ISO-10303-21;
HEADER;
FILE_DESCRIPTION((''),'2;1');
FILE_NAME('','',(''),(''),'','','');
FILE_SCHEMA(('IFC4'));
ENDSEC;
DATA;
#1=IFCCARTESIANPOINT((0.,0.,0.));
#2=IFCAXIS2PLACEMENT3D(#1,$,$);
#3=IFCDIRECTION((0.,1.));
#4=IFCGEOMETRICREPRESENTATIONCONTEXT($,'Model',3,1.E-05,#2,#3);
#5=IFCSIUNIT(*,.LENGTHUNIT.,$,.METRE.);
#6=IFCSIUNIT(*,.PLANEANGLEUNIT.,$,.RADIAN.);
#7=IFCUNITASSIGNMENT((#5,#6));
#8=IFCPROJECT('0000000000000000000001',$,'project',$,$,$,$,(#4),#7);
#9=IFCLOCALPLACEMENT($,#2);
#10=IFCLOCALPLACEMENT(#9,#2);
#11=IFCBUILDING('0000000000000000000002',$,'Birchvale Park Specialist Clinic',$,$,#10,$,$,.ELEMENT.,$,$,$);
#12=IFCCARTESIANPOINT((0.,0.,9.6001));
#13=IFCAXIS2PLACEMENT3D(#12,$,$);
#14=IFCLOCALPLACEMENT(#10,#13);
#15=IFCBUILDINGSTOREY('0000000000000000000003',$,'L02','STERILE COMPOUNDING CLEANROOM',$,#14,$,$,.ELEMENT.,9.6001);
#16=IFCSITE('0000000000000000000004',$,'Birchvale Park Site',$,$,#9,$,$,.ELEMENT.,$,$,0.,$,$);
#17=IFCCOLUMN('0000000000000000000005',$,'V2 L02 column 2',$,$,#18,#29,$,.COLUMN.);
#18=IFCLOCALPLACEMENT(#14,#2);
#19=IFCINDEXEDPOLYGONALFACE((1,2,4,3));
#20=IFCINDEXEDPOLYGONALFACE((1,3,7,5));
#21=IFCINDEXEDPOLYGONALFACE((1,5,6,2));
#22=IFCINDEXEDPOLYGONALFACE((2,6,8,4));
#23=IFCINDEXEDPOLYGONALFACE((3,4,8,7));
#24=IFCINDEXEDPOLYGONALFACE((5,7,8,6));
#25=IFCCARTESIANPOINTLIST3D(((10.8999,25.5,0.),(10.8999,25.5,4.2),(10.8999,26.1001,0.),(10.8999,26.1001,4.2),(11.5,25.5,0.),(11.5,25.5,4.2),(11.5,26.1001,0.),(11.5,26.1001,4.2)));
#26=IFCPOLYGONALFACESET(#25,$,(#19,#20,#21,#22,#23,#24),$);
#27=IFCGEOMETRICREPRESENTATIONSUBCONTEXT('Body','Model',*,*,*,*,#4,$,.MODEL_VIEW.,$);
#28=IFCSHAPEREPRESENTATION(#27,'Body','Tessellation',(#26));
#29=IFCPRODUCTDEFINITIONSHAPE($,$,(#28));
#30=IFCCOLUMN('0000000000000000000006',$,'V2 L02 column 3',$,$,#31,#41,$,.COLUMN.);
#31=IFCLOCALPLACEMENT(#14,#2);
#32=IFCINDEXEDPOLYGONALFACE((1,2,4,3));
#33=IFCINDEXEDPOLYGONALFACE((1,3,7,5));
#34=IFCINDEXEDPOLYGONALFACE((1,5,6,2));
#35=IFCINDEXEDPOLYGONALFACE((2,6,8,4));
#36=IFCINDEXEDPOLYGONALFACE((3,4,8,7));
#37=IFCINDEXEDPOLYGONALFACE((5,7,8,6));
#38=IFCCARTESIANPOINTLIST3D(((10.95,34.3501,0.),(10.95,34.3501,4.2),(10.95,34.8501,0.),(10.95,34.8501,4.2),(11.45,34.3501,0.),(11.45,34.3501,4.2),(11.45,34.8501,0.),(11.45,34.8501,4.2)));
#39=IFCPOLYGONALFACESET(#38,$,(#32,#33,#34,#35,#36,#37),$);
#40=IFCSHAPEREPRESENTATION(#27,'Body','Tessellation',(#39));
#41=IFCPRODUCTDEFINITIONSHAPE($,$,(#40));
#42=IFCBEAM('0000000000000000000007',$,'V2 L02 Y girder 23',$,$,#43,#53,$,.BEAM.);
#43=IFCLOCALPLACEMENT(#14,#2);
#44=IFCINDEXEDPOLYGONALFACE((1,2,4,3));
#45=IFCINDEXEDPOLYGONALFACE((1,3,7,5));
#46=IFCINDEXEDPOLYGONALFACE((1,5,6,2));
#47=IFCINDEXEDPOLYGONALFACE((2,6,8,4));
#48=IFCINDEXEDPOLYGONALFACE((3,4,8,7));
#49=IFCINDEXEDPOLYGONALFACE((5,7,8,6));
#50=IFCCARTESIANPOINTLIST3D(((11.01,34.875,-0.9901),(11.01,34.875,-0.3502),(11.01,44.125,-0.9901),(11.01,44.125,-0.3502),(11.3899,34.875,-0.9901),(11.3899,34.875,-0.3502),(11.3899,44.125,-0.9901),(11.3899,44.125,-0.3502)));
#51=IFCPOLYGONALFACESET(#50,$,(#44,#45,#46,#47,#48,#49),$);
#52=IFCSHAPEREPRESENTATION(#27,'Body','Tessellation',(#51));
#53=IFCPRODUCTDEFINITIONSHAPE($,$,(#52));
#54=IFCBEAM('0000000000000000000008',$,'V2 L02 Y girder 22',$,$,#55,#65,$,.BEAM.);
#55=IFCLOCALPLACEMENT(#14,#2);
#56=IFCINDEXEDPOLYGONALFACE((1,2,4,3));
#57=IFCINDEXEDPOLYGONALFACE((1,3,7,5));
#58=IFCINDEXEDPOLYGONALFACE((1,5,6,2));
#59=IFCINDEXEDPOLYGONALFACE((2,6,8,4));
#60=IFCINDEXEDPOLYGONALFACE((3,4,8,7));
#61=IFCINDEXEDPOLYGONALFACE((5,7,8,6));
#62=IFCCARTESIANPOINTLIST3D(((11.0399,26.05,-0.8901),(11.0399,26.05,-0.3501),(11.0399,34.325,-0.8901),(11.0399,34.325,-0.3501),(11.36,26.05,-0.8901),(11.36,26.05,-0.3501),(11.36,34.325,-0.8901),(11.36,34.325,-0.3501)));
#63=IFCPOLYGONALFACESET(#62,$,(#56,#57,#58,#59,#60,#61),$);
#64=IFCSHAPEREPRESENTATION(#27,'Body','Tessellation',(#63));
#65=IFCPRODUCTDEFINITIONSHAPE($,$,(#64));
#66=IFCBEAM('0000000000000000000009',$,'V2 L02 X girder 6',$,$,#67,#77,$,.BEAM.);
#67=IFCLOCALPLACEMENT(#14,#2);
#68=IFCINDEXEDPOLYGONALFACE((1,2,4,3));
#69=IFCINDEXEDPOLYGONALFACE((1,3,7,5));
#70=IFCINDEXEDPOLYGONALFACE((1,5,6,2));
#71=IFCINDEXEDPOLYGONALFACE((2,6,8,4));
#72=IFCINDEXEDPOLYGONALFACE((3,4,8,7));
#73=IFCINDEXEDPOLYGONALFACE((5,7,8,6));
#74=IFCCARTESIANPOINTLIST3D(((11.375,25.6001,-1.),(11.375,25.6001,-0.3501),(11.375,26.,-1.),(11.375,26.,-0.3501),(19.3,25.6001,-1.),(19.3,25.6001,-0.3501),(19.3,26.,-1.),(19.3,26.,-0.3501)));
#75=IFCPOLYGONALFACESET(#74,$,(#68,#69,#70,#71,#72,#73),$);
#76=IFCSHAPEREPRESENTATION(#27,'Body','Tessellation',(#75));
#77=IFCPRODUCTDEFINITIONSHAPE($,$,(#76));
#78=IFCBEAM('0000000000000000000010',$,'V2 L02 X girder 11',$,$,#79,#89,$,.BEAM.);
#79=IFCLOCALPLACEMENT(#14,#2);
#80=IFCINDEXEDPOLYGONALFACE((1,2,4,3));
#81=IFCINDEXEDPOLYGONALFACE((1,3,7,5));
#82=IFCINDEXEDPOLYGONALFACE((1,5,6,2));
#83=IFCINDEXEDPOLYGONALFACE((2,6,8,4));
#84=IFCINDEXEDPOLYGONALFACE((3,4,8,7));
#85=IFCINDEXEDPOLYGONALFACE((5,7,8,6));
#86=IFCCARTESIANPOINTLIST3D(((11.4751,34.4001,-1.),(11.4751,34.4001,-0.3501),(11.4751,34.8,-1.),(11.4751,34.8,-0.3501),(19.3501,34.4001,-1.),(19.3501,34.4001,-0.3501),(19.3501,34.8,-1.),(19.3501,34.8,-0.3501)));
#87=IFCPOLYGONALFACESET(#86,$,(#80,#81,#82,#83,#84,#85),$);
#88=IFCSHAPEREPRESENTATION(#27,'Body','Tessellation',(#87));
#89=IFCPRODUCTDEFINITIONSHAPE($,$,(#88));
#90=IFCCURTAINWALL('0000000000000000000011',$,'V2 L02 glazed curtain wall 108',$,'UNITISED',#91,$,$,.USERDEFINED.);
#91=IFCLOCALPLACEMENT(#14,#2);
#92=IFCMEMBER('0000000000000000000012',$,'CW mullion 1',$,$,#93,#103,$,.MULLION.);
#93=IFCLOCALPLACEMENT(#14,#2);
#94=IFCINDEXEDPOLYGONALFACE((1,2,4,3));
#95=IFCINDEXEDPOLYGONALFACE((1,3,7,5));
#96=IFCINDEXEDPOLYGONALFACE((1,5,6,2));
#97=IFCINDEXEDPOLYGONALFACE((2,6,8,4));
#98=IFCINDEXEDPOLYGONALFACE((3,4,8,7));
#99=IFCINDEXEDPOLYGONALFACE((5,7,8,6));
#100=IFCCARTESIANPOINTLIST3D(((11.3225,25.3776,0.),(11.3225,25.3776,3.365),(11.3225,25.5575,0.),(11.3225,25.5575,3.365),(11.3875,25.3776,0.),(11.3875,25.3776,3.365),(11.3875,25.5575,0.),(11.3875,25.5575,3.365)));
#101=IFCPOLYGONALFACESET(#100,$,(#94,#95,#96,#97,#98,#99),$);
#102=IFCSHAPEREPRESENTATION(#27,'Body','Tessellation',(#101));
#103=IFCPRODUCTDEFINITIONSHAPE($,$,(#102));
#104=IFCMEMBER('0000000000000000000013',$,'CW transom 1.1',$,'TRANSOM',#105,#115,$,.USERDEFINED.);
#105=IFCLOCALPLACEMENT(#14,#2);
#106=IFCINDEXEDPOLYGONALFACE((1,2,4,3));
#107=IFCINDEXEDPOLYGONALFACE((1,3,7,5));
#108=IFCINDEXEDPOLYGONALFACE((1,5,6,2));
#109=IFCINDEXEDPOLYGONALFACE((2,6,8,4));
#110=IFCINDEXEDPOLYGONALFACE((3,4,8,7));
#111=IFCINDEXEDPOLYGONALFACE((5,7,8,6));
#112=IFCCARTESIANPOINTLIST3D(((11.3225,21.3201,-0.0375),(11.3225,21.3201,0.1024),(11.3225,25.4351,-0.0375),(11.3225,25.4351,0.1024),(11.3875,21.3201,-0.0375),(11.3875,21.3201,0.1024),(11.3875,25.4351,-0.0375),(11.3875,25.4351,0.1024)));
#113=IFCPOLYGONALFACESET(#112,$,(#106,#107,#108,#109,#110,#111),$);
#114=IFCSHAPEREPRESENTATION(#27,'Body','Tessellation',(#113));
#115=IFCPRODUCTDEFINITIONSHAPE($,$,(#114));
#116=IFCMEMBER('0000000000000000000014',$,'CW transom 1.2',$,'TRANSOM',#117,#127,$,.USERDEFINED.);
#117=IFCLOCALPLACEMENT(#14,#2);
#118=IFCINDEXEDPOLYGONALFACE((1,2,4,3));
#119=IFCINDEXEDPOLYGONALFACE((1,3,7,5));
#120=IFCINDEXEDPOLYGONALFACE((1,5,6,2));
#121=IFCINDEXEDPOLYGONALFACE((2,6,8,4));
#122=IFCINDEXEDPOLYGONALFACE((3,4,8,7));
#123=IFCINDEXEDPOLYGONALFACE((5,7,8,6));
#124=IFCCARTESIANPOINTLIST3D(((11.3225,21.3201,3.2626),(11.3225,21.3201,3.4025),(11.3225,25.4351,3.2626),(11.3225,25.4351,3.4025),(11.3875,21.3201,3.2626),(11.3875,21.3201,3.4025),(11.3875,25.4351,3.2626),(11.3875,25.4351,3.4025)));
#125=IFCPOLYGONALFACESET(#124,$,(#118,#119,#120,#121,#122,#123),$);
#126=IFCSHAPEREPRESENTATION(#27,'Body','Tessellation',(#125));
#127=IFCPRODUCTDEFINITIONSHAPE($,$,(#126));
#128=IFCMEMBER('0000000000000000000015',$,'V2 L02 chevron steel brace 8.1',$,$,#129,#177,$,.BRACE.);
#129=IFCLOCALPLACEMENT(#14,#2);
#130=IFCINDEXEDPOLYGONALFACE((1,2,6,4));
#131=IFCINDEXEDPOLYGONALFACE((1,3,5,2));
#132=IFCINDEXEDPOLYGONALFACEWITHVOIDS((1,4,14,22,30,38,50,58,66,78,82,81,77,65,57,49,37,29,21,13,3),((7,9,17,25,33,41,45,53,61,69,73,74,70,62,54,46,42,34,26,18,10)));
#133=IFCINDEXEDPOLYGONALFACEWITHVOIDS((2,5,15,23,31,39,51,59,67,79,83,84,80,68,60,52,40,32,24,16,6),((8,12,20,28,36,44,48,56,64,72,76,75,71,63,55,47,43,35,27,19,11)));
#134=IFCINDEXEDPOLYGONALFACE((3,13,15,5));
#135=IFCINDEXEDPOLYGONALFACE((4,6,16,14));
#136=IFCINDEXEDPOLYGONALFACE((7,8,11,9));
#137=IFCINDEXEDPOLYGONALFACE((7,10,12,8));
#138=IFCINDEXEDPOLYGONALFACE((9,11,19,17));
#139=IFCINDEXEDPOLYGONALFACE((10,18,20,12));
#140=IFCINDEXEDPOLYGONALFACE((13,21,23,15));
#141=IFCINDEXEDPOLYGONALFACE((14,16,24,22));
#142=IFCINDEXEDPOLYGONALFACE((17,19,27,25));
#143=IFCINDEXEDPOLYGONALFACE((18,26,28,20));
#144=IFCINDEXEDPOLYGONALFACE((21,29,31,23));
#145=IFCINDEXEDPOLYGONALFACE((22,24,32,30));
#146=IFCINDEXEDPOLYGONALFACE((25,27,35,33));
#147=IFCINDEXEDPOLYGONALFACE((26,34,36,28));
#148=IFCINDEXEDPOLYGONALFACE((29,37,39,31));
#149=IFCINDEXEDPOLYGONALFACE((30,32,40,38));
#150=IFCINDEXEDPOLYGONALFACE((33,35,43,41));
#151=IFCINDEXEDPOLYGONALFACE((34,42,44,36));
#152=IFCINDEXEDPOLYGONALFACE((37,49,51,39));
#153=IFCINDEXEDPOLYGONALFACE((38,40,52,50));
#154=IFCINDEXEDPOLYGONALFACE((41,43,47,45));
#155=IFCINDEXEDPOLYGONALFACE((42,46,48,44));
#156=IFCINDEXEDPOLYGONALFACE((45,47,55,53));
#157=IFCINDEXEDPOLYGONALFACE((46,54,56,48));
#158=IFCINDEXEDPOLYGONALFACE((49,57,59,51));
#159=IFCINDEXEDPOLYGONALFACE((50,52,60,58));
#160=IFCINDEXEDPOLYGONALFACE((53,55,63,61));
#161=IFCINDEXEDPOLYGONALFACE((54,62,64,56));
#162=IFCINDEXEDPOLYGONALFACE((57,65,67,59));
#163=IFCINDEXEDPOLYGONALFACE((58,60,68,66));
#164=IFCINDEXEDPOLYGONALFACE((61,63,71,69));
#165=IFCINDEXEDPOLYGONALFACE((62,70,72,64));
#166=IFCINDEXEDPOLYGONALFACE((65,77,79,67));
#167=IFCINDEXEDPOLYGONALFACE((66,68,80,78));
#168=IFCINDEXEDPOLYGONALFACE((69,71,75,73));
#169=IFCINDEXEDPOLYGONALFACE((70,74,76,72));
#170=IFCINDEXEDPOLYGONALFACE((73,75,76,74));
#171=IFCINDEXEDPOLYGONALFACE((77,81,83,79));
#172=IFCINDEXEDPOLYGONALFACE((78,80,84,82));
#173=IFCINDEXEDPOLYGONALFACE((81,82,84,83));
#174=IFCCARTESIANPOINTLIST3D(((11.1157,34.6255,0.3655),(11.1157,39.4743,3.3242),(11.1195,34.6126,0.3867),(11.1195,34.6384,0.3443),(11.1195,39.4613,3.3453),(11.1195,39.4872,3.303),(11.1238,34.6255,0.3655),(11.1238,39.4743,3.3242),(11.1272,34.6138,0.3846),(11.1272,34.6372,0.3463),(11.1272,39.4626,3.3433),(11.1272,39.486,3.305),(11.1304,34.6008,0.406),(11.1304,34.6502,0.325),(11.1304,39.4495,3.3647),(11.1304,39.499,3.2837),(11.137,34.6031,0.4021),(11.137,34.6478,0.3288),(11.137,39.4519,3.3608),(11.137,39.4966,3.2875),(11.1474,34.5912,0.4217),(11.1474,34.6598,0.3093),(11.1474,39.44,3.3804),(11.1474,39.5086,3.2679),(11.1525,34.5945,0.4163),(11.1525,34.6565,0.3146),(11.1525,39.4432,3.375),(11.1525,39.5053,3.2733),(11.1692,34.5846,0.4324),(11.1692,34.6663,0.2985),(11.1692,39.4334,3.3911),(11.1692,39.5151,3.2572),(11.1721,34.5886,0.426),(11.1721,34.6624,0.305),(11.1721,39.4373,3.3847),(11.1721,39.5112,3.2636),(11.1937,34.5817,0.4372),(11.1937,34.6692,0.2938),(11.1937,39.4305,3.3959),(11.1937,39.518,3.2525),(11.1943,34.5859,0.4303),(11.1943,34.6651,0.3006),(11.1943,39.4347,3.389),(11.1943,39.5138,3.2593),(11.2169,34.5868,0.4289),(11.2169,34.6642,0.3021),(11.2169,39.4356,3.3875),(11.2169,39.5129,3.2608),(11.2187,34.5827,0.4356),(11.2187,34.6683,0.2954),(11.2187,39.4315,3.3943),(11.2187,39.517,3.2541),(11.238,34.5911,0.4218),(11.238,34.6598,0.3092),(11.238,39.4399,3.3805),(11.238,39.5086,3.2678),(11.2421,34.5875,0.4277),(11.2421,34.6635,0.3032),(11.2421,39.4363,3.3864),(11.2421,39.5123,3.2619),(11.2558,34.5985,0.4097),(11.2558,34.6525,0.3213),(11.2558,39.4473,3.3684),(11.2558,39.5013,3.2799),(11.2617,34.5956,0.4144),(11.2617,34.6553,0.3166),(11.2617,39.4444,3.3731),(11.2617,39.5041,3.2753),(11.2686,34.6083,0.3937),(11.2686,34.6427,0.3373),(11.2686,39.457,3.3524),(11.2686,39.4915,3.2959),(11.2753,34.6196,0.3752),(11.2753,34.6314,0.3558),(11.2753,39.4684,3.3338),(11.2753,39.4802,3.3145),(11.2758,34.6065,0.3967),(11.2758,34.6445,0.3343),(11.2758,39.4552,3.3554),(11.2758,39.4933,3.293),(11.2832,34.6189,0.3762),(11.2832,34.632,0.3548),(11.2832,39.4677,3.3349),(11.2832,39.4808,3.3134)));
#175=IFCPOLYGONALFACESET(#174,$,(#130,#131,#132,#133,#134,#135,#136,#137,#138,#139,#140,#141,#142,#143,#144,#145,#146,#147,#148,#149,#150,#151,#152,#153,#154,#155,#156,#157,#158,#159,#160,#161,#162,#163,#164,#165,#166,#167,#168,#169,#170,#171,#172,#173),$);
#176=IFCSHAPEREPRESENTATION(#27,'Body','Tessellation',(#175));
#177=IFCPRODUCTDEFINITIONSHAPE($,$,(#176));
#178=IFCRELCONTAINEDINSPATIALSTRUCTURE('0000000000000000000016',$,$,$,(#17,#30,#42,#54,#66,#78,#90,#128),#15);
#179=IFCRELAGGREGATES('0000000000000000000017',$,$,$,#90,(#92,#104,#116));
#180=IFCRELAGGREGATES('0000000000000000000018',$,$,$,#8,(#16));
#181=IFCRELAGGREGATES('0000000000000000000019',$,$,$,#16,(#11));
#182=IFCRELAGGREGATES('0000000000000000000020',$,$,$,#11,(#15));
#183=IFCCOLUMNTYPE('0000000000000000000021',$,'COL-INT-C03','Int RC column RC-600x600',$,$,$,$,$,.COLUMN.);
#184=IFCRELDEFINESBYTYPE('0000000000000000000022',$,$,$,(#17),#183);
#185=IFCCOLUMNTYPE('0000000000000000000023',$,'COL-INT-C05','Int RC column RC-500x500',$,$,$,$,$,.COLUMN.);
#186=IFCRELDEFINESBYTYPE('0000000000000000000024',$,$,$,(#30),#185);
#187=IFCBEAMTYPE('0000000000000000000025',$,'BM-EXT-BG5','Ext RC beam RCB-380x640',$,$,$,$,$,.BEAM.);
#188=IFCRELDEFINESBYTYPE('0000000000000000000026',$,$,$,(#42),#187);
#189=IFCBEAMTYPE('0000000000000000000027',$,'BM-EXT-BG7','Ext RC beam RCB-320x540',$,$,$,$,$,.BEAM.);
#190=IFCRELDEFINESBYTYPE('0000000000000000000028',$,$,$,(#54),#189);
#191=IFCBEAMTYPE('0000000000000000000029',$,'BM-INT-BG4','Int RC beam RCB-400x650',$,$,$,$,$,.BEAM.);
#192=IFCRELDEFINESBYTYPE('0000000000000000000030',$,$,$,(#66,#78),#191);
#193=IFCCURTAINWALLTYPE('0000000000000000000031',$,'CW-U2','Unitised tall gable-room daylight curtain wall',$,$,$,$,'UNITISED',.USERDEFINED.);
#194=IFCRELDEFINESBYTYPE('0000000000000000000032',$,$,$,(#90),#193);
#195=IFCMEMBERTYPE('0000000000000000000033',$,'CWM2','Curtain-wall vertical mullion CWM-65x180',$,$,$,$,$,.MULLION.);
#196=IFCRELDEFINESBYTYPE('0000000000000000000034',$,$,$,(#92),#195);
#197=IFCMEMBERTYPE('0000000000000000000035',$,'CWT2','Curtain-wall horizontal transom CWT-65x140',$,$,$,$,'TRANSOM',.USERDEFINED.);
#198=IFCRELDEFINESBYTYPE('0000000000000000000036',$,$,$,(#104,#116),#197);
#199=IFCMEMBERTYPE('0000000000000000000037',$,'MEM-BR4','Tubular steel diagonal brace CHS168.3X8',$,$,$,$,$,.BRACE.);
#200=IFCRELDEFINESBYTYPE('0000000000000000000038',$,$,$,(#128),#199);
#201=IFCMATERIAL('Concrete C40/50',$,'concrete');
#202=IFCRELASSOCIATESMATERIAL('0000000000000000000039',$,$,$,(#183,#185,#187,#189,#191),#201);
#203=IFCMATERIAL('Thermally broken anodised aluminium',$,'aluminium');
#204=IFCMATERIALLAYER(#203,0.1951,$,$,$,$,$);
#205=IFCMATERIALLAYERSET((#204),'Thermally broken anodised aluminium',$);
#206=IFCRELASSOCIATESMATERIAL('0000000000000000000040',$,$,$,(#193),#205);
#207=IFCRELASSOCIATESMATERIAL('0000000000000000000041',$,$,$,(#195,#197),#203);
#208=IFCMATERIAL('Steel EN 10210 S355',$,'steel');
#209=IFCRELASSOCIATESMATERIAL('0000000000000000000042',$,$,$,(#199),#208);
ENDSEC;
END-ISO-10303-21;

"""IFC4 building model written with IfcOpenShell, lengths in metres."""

from ifc_helpers import new_model, si_unit, direction, frame, origin, origin_2d, place, context, subcontext, project, spatial, rectangle, hollow_circle, extrude, material, layer, layer_set, material_profile, profile_set, type_object, element, aggregate, save


model = new_model("IFC4")

# Units and contexts
model_context = context("Model", 3, precision=1e-05, world=origin(), true_north=direction((0.0, 1.0)))
body_context = subcontext(model_context, "Body", "Model", "MODEL_VIEW")
ifc_project = project(units=[si_unit("LENGTHUNIT", "METRE"), si_unit("PLANEANGLEUNIT", "RADIAN")], contexts=[model_context])

# Site, building, storey
site_placement = place(None, origin())
site = spatial("IfcSite", under=ifc_project, at=site_placement, Name="Birchvale Park Site", CompositionType="ELEMENT", RefElevation=0.0)
building_placement = place(site_placement, origin())
building = spatial("IfcBuilding", under=site, at=building_placement, Name="Birchvale Park Specialist Clinic", CompositionType="ELEMENT")
storey_placement = place(building_placement, frame((0.0, 0.0, 9.6001)))
storey = spatial("IfcBuildingStorey", under=building, at=storey_placement, Name="L02", Description="STERILE COMPOUNDING CLEANROOM", CompositionType="ELEMENT", Elevation=9.6001)

# Columns
ifc_material_1 = material(Name="Concrete C40/50", Category="concrete")
ifc_material_profile_1 = material_profile(ifc_material_1, rectangle(XDim=0.6001, YDim=0.6001, at=origin_2d()), Name="RC-600x600")
ifc_profile_set_1 = profile_set([ifc_material_profile_1], Name="Concrete C40/50")
column_type_1 = type_object("IfcColumnType", Name="COL-INT-C03", Description="Int RC column RC-600x600", PredefinedType="COLUMN", material=ifc_profile_set_1)
column_1_placement = place(storey_placement, frame((11.2, 25.8, 0.0), z_axis=(0.0, 0.0, 1.0), x_axis=(1.0, 0.0, 0.0)))
element("IfcColumn", 1, at=column_1_placement, inside=storey, type_object=column_type_1, Name="V2 L02 column 2", PredefinedType="COLUMN", context=body_context, shape_type="SweptSolid", body=[
    extrude(rectangle(XDim=0.6001, YDim=0.6001, at=origin_2d()), origin(), (0.0, 0.0, 1.0), 4.2),
])
ifc_material_profile_2 = material_profile(ifc_material_1, rectangle(XDim=0.5, YDim=0.5, at=origin_2d()), Name="RC-500x500")
ifc_profile_set_2 = profile_set([ifc_material_profile_2], Name="Concrete C40/50")
column_type_2 = type_object("IfcColumnType", Name="COL-INT-C05", Description="Int RC column RC-500x500", PredefinedType="COLUMN", material=ifc_profile_set_2)
column_2_placement = place(storey_placement, frame((11.2, 34.6001, 0.0), z_axis=(0.0, 0.0, 1.0), x_axis=(1.0, 0.0, 0.0)))
element("IfcColumn", 2, at=column_2_placement, inside=storey, type_object=column_type_2, Name="V2 L02 column 3", PredefinedType="COLUMN", context=body_context, shape_type="SweptSolid", body=[
    extrude(rectangle(XDim=0.5, YDim=0.5, at=origin_2d()), origin(), (0.0, 0.0, 1.0), 4.2),
])

# Beams
ifc_material_profile_3 = material_profile(ifc_material_1, rectangle(XDim=0.3799, YDim=0.6399, at=origin_2d()), Name="RCB-380x640")
ifc_profile_set_3 = profile_set([ifc_material_profile_3], Name="Concrete C40/50")
beam_type_1 = type_object("IfcBeamType", Name="BM-EXT-BG5", Description="Ext RC beam RCB-380x640", PredefinedType="BEAM", material=ifc_profile_set_3)
beam_1_placement = place(storey_placement, frame((11.2, 34.875, -0.6702), z_axis=(0.0, 1.0, 0.0), x_axis=(-1.0, 0.0, 0.0)))
element("IfcBeam", 3, at=beam_1_placement, inside=storey, type_object=beam_type_1, Name="V2 L02 Y girder 23", PredefinedType="BEAM", context=body_context, shape_type="SweptSolid", body=[
    extrude(rectangle(XDim=0.3799, YDim=0.6399, at=origin_2d()), origin(), (0.0, 0.0, 1.0), 9.25),
])
ifc_material_profile_4 = material_profile(ifc_material_1, rectangle(XDim=0.3201, YDim=0.54, at=origin_2d()), Name="RCB-320x540")
ifc_profile_set_4 = profile_set([ifc_material_profile_4], Name="Concrete C40/50")
beam_type_2 = type_object("IfcBeamType", Name="BM-EXT-BG7", Description="Ext RC beam RCB-320x540", PredefinedType="BEAM", material=ifc_profile_set_4)
beam_2_placement = place(storey_placement, frame((11.2, 26.05, -0.6201), z_axis=(0.0, 1.0, 0.0), x_axis=(-1.0, 0.0, 0.0)))
element("IfcBeam", 4, at=beam_2_placement, inside=storey, type_object=beam_type_2, Name="V2 L02 Y girder 22", PredefinedType="BEAM", context=body_context, shape_type="SweptSolid", body=[
    extrude(rectangle(XDim=0.3201, YDim=0.54, at=origin_2d()), origin(), (0.0, 0.0, 1.0), 8.2749),
])
ifc_material_profile_5 = material_profile(ifc_material_1, rectangle(XDim=0.3999, YDim=0.6499, at=origin_2d()), Name="RCB-400x650")
ifc_profile_set_5 = profile_set([ifc_material_profile_5], Name="Concrete C40/50")
beam_type_3 = type_object("IfcBeamType", Name="BM-INT-BG4", Description="Int RC beam RCB-400x650", PredefinedType="BEAM", material=ifc_profile_set_5)
beam_3_placement = place(storey_placement, frame((11.375, 25.8, -0.675), z_axis=(1.0, 0.0, 0.0), x_axis=(0.0, 1.0, 0.0)))
element("IfcBeam", 5, at=beam_3_placement, inside=storey, type_object=beam_type_3, Name="V2 L02 X girder 6", PredefinedType="BEAM", context=body_context, shape_type="SweptSolid", body=[
    extrude(rectangle(XDim=0.3999, YDim=0.6499, at=origin_2d()), origin(), (0.0, 0.0, 1.0), 7.925),
])
beam_4_placement = place(storey_placement, frame((11.4751, 34.6001, -0.675), z_axis=(1.0, 0.0, 0.0), x_axis=(0.0, 1.0, 0.0)))
element("IfcBeam", 6, at=beam_4_placement, inside=storey, type_object=beam_type_3, Name="V2 L02 X girder 11", PredefinedType="BEAM", context=body_context, shape_type="SweptSolid", body=[
    extrude(rectangle(XDim=0.3999, YDim=0.6499, at=origin_2d()), origin(), (0.0, 0.0, 1.0), 7.875),
])

# Curtain wall, members
ifc_material_2 = material(Name="Thermally broken anodised aluminium", Category="aluminium")
ifc_layer_1 = layer(ifc_material_2, 0.1951)
ifc_layer_set_1 = layer_set([ifc_layer_1], Name="Thermally broken anodised aluminium")
curtain_wall_type = type_object("IfcCurtainWallType", Name="CW-U2", Description="Unitised tall gable-room daylight curtain wall", ElementType="UNITISED", PredefinedType="USERDEFINED", material=ifc_layer_set_1)
curtain_wall_placement = place(storey_placement, origin())
curtain_wall = element("IfcCurtainWall", 7, at=curtain_wall_placement, inside=storey, type_object=curtain_wall_type, Name="V2 L02 glazed curtain wall 108", ObjectType="UNITISED", PredefinedType="USERDEFINED")
ifc_material_profile_6 = material_profile(ifc_material_2, rectangle(XDim=0.0649, YDim=0.1799, at=origin_2d()), Name="CWM-65x180")
ifc_profile_set_6 = profile_set([ifc_material_profile_6], Name="Thermally broken anodised aluminium")
member_type_1 = type_object("IfcMemberType", Name="CWM2", Description="Curtain-wall vertical mullion CWM-65x180", PredefinedType="MULLION", material=ifc_profile_set_6)
member_1_placement = place(storey_placement, frame((11.355, 25.4675, 0.0), z_axis=(0.0, 0.0, 1.0), x_axis=(1.0, 0.0, 0.0)))
member_1 = element("IfcMember", 8, at=member_1_placement, type_object=member_type_1, Name="CW mullion 1", PredefinedType="MULLION", context=body_context, shape_type="SweptSolid", body=[
    extrude(rectangle(XDim=0.0649, YDim=0.1799, at=origin_2d()), origin(), (0.0, 0.0, 1.0), 3.365),
])
ifc_material_profile_7 = material_profile(ifc_material_2, rectangle(XDim=0.0649, YDim=0.1399, at=origin_2d()), Name="CWT-65x140")
ifc_profile_set_7 = profile_set([ifc_material_profile_7], Name="Thermally broken anodised aluminium")
member_type_2 = type_object("IfcMemberType", Name="CWT2", Description="Curtain-wall horizontal transom CWT-65x140", ElementType="TRANSOM", PredefinedType="USERDEFINED", material=ifc_profile_set_7)
member_2_placement = place(storey_placement, frame((11.355, 25.4351, 0.0325), z_axis=(0.0, -1.0, 0.0), x_axis=(1.0, 0.0, 0.0)))
member_2 = element("IfcMember", 9, at=member_2_placement, type_object=member_type_2, Name="CW transom 1.1", ObjectType="TRANSOM", PredefinedType="USERDEFINED", context=body_context, shape_type="SweptSolid", body=[
    extrude(rectangle(XDim=0.0649, YDim=0.1399, at=origin_2d()), origin(), (0.0, 0.0, 1.0), 4.115),
])
member_3_placement = place(storey_placement, frame((11.355, 25.4351, 3.3325), z_axis=(0.0, -1.0, 0.0), x_axis=(1.0, 0.0, 0.0)))
member_3 = element("IfcMember", 10, at=member_3_placement, type_object=member_type_2, Name="CW transom 1.2", ObjectType="TRANSOM", PredefinedType="USERDEFINED", context=body_context, shape_type="SweptSolid", body=[
    extrude(rectangle(XDim=0.0649, YDim=0.1399, at=origin_2d()), origin(), (0.0, 0.0, 1.0), 4.115),
])
aggregate(curtain_wall, [member_1, member_2, member_3])

# Member
ifc_material_3 = material(Name="Steel EN 10210 S355", Category="steel")
ifc_material_profile_8 = material_profile(ifc_material_3, hollow_circle(Radius=0.0842, WallThickness=0.0081, at=origin_2d()), Name="CHS168.3X8")
ifc_profile_set_8 = profile_set([ifc_material_profile_8], Name="Steel EN 10210 S355")
member_type_3 = type_object("IfcMemberType", Name="MEM-BR4", Description="Tubular steel diagonal brace CHS168.3X8", PredefinedType="BRACE", material=ifc_profile_set_8)
member_4_placement = place(storey_placement, frame((11.2, 34.6255, 0.3655), z_axis=(0.0, 0.853631, 0.520878), x_axis=(-1.0, 0.0, 0.0)))
element("IfcMember", 11, at=member_4_placement, inside=storey, type_object=member_type_3, Name="V2 L02 chevron steel brace 8.1", PredefinedType="BRACE", context=body_context, shape_type="SweptSolid", body=[
    extrude(hollow_circle(Radius=0.0842, WallThickness=0.0081, at=origin_2d()), origin(), (0.0, 0.0, 1.0), 5.6802),
])

save(model, "model.ifc")
